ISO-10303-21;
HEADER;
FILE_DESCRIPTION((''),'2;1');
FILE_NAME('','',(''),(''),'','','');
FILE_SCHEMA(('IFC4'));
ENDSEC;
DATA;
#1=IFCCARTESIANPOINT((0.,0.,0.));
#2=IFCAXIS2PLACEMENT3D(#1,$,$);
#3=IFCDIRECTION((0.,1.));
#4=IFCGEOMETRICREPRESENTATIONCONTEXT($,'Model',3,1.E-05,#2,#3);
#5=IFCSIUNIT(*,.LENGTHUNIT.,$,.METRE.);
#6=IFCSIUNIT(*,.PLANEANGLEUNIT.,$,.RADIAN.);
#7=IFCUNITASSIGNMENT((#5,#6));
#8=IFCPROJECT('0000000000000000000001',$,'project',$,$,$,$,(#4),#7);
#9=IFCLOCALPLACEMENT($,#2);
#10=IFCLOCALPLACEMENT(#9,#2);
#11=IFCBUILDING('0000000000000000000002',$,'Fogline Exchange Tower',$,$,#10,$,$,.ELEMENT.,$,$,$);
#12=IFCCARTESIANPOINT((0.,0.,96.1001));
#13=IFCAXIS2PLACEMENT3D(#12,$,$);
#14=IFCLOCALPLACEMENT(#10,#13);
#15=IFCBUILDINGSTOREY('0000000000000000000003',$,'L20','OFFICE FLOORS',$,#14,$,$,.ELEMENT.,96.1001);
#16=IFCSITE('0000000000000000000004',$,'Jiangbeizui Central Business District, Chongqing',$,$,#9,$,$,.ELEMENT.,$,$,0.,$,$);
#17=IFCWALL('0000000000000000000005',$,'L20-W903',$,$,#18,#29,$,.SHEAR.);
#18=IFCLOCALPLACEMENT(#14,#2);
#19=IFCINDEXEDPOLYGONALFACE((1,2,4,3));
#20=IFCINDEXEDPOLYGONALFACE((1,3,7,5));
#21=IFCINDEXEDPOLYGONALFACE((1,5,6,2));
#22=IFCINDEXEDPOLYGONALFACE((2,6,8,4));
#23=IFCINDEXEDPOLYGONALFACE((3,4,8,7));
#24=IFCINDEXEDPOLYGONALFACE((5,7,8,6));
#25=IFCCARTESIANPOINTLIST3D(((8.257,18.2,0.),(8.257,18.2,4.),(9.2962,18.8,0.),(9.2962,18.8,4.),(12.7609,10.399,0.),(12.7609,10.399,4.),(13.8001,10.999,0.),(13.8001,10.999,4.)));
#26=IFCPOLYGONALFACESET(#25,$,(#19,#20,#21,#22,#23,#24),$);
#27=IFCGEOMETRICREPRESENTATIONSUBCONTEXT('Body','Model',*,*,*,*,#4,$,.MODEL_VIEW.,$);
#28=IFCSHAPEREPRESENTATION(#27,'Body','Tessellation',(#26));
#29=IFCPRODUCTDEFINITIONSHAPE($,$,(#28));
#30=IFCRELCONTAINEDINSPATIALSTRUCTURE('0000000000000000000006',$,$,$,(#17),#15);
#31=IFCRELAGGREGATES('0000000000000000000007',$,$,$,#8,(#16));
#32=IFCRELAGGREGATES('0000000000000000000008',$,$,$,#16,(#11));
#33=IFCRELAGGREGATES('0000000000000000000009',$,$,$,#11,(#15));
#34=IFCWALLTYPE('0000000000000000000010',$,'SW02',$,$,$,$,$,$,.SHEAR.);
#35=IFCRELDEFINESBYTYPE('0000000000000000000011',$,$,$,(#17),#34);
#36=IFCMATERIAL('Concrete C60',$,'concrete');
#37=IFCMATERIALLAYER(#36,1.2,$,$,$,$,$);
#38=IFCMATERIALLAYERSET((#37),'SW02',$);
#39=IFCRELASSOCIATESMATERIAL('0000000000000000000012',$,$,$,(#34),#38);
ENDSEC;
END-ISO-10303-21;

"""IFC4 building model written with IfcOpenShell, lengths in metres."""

from ifc_helpers import new_model, si_unit, direction, frame, frame_2d, origin, place, context, subcontext, project, spatial, rectangle, extrude, material, layer, layer_set, type_object, element, save


model = new_model("IFC4")

# Units and contexts
model_context = context("Model", 3, precision=1e-05, world=origin(), true_north=direction((0.0, 1.0)))
body_context = subcontext(model_context, "Body", "Model", "MODEL_VIEW")
ifc_project = project(units=[si_unit("LENGTHUNIT", "METRE"), si_unit("PLANEANGLEUNIT", "RADIAN")], contexts=[model_context])

# Site, building, storey
site_placement = place(None, origin())
site = spatial("IfcSite", under=ifc_project, at=site_placement, Name="Jiangbeizui Central Business District, Chongqing", CompositionType="ELEMENT", RefElevation=0.0)
building_placement = place(site_placement, origin())
building = spatial("IfcBuilding", under=site, at=building_placement, Name="Fogline Exchange Tower", CompositionType="ELEMENT")
storey_placement = place(building_placement, frame((0.0, 0.0, 96.1001)))
storey = spatial("IfcBuildingStorey", under=building, at=storey_placement, Name="L20", Description="OFFICE FLOORS", CompositionType="ELEMENT", Elevation=96.1001)

# Shared definitions
ifc_material_1 = material(Name="Concrete C60", Category="concrete")
ifc_layer_1 = layer(ifc_material_1, 1.2)
ifc_layer_set_1 = layer_set([ifc_layer_1], Name="SW02")
wall_type_1 = type_object("IfcWallType", Name="SW02", PredefinedType="SHEAR", material=ifc_layer_set_1)

# Wall
wall_1_placement = place(storey_placement, frame((13.2805, 10.699, 0.0), z_axis=(0.0, 0.0, 1.0), x_axis=(-0.499999, 0.866026, 0.0)))
element("IfcWall", 1, at=wall_1_placement, inside=storey, type_object=wall_type_1, Name="L20-W903", PredefinedType="SHEAR", context=body_context, shape_type="SweptSolid", body=[
    extrude(rectangle(XDim=9.0078, YDim=1.2, at=frame_2d((4.5039, 0.0))), origin(), (0.0, 0.0, 1.0), 4.0),
])

save(model, "model.ifc")
